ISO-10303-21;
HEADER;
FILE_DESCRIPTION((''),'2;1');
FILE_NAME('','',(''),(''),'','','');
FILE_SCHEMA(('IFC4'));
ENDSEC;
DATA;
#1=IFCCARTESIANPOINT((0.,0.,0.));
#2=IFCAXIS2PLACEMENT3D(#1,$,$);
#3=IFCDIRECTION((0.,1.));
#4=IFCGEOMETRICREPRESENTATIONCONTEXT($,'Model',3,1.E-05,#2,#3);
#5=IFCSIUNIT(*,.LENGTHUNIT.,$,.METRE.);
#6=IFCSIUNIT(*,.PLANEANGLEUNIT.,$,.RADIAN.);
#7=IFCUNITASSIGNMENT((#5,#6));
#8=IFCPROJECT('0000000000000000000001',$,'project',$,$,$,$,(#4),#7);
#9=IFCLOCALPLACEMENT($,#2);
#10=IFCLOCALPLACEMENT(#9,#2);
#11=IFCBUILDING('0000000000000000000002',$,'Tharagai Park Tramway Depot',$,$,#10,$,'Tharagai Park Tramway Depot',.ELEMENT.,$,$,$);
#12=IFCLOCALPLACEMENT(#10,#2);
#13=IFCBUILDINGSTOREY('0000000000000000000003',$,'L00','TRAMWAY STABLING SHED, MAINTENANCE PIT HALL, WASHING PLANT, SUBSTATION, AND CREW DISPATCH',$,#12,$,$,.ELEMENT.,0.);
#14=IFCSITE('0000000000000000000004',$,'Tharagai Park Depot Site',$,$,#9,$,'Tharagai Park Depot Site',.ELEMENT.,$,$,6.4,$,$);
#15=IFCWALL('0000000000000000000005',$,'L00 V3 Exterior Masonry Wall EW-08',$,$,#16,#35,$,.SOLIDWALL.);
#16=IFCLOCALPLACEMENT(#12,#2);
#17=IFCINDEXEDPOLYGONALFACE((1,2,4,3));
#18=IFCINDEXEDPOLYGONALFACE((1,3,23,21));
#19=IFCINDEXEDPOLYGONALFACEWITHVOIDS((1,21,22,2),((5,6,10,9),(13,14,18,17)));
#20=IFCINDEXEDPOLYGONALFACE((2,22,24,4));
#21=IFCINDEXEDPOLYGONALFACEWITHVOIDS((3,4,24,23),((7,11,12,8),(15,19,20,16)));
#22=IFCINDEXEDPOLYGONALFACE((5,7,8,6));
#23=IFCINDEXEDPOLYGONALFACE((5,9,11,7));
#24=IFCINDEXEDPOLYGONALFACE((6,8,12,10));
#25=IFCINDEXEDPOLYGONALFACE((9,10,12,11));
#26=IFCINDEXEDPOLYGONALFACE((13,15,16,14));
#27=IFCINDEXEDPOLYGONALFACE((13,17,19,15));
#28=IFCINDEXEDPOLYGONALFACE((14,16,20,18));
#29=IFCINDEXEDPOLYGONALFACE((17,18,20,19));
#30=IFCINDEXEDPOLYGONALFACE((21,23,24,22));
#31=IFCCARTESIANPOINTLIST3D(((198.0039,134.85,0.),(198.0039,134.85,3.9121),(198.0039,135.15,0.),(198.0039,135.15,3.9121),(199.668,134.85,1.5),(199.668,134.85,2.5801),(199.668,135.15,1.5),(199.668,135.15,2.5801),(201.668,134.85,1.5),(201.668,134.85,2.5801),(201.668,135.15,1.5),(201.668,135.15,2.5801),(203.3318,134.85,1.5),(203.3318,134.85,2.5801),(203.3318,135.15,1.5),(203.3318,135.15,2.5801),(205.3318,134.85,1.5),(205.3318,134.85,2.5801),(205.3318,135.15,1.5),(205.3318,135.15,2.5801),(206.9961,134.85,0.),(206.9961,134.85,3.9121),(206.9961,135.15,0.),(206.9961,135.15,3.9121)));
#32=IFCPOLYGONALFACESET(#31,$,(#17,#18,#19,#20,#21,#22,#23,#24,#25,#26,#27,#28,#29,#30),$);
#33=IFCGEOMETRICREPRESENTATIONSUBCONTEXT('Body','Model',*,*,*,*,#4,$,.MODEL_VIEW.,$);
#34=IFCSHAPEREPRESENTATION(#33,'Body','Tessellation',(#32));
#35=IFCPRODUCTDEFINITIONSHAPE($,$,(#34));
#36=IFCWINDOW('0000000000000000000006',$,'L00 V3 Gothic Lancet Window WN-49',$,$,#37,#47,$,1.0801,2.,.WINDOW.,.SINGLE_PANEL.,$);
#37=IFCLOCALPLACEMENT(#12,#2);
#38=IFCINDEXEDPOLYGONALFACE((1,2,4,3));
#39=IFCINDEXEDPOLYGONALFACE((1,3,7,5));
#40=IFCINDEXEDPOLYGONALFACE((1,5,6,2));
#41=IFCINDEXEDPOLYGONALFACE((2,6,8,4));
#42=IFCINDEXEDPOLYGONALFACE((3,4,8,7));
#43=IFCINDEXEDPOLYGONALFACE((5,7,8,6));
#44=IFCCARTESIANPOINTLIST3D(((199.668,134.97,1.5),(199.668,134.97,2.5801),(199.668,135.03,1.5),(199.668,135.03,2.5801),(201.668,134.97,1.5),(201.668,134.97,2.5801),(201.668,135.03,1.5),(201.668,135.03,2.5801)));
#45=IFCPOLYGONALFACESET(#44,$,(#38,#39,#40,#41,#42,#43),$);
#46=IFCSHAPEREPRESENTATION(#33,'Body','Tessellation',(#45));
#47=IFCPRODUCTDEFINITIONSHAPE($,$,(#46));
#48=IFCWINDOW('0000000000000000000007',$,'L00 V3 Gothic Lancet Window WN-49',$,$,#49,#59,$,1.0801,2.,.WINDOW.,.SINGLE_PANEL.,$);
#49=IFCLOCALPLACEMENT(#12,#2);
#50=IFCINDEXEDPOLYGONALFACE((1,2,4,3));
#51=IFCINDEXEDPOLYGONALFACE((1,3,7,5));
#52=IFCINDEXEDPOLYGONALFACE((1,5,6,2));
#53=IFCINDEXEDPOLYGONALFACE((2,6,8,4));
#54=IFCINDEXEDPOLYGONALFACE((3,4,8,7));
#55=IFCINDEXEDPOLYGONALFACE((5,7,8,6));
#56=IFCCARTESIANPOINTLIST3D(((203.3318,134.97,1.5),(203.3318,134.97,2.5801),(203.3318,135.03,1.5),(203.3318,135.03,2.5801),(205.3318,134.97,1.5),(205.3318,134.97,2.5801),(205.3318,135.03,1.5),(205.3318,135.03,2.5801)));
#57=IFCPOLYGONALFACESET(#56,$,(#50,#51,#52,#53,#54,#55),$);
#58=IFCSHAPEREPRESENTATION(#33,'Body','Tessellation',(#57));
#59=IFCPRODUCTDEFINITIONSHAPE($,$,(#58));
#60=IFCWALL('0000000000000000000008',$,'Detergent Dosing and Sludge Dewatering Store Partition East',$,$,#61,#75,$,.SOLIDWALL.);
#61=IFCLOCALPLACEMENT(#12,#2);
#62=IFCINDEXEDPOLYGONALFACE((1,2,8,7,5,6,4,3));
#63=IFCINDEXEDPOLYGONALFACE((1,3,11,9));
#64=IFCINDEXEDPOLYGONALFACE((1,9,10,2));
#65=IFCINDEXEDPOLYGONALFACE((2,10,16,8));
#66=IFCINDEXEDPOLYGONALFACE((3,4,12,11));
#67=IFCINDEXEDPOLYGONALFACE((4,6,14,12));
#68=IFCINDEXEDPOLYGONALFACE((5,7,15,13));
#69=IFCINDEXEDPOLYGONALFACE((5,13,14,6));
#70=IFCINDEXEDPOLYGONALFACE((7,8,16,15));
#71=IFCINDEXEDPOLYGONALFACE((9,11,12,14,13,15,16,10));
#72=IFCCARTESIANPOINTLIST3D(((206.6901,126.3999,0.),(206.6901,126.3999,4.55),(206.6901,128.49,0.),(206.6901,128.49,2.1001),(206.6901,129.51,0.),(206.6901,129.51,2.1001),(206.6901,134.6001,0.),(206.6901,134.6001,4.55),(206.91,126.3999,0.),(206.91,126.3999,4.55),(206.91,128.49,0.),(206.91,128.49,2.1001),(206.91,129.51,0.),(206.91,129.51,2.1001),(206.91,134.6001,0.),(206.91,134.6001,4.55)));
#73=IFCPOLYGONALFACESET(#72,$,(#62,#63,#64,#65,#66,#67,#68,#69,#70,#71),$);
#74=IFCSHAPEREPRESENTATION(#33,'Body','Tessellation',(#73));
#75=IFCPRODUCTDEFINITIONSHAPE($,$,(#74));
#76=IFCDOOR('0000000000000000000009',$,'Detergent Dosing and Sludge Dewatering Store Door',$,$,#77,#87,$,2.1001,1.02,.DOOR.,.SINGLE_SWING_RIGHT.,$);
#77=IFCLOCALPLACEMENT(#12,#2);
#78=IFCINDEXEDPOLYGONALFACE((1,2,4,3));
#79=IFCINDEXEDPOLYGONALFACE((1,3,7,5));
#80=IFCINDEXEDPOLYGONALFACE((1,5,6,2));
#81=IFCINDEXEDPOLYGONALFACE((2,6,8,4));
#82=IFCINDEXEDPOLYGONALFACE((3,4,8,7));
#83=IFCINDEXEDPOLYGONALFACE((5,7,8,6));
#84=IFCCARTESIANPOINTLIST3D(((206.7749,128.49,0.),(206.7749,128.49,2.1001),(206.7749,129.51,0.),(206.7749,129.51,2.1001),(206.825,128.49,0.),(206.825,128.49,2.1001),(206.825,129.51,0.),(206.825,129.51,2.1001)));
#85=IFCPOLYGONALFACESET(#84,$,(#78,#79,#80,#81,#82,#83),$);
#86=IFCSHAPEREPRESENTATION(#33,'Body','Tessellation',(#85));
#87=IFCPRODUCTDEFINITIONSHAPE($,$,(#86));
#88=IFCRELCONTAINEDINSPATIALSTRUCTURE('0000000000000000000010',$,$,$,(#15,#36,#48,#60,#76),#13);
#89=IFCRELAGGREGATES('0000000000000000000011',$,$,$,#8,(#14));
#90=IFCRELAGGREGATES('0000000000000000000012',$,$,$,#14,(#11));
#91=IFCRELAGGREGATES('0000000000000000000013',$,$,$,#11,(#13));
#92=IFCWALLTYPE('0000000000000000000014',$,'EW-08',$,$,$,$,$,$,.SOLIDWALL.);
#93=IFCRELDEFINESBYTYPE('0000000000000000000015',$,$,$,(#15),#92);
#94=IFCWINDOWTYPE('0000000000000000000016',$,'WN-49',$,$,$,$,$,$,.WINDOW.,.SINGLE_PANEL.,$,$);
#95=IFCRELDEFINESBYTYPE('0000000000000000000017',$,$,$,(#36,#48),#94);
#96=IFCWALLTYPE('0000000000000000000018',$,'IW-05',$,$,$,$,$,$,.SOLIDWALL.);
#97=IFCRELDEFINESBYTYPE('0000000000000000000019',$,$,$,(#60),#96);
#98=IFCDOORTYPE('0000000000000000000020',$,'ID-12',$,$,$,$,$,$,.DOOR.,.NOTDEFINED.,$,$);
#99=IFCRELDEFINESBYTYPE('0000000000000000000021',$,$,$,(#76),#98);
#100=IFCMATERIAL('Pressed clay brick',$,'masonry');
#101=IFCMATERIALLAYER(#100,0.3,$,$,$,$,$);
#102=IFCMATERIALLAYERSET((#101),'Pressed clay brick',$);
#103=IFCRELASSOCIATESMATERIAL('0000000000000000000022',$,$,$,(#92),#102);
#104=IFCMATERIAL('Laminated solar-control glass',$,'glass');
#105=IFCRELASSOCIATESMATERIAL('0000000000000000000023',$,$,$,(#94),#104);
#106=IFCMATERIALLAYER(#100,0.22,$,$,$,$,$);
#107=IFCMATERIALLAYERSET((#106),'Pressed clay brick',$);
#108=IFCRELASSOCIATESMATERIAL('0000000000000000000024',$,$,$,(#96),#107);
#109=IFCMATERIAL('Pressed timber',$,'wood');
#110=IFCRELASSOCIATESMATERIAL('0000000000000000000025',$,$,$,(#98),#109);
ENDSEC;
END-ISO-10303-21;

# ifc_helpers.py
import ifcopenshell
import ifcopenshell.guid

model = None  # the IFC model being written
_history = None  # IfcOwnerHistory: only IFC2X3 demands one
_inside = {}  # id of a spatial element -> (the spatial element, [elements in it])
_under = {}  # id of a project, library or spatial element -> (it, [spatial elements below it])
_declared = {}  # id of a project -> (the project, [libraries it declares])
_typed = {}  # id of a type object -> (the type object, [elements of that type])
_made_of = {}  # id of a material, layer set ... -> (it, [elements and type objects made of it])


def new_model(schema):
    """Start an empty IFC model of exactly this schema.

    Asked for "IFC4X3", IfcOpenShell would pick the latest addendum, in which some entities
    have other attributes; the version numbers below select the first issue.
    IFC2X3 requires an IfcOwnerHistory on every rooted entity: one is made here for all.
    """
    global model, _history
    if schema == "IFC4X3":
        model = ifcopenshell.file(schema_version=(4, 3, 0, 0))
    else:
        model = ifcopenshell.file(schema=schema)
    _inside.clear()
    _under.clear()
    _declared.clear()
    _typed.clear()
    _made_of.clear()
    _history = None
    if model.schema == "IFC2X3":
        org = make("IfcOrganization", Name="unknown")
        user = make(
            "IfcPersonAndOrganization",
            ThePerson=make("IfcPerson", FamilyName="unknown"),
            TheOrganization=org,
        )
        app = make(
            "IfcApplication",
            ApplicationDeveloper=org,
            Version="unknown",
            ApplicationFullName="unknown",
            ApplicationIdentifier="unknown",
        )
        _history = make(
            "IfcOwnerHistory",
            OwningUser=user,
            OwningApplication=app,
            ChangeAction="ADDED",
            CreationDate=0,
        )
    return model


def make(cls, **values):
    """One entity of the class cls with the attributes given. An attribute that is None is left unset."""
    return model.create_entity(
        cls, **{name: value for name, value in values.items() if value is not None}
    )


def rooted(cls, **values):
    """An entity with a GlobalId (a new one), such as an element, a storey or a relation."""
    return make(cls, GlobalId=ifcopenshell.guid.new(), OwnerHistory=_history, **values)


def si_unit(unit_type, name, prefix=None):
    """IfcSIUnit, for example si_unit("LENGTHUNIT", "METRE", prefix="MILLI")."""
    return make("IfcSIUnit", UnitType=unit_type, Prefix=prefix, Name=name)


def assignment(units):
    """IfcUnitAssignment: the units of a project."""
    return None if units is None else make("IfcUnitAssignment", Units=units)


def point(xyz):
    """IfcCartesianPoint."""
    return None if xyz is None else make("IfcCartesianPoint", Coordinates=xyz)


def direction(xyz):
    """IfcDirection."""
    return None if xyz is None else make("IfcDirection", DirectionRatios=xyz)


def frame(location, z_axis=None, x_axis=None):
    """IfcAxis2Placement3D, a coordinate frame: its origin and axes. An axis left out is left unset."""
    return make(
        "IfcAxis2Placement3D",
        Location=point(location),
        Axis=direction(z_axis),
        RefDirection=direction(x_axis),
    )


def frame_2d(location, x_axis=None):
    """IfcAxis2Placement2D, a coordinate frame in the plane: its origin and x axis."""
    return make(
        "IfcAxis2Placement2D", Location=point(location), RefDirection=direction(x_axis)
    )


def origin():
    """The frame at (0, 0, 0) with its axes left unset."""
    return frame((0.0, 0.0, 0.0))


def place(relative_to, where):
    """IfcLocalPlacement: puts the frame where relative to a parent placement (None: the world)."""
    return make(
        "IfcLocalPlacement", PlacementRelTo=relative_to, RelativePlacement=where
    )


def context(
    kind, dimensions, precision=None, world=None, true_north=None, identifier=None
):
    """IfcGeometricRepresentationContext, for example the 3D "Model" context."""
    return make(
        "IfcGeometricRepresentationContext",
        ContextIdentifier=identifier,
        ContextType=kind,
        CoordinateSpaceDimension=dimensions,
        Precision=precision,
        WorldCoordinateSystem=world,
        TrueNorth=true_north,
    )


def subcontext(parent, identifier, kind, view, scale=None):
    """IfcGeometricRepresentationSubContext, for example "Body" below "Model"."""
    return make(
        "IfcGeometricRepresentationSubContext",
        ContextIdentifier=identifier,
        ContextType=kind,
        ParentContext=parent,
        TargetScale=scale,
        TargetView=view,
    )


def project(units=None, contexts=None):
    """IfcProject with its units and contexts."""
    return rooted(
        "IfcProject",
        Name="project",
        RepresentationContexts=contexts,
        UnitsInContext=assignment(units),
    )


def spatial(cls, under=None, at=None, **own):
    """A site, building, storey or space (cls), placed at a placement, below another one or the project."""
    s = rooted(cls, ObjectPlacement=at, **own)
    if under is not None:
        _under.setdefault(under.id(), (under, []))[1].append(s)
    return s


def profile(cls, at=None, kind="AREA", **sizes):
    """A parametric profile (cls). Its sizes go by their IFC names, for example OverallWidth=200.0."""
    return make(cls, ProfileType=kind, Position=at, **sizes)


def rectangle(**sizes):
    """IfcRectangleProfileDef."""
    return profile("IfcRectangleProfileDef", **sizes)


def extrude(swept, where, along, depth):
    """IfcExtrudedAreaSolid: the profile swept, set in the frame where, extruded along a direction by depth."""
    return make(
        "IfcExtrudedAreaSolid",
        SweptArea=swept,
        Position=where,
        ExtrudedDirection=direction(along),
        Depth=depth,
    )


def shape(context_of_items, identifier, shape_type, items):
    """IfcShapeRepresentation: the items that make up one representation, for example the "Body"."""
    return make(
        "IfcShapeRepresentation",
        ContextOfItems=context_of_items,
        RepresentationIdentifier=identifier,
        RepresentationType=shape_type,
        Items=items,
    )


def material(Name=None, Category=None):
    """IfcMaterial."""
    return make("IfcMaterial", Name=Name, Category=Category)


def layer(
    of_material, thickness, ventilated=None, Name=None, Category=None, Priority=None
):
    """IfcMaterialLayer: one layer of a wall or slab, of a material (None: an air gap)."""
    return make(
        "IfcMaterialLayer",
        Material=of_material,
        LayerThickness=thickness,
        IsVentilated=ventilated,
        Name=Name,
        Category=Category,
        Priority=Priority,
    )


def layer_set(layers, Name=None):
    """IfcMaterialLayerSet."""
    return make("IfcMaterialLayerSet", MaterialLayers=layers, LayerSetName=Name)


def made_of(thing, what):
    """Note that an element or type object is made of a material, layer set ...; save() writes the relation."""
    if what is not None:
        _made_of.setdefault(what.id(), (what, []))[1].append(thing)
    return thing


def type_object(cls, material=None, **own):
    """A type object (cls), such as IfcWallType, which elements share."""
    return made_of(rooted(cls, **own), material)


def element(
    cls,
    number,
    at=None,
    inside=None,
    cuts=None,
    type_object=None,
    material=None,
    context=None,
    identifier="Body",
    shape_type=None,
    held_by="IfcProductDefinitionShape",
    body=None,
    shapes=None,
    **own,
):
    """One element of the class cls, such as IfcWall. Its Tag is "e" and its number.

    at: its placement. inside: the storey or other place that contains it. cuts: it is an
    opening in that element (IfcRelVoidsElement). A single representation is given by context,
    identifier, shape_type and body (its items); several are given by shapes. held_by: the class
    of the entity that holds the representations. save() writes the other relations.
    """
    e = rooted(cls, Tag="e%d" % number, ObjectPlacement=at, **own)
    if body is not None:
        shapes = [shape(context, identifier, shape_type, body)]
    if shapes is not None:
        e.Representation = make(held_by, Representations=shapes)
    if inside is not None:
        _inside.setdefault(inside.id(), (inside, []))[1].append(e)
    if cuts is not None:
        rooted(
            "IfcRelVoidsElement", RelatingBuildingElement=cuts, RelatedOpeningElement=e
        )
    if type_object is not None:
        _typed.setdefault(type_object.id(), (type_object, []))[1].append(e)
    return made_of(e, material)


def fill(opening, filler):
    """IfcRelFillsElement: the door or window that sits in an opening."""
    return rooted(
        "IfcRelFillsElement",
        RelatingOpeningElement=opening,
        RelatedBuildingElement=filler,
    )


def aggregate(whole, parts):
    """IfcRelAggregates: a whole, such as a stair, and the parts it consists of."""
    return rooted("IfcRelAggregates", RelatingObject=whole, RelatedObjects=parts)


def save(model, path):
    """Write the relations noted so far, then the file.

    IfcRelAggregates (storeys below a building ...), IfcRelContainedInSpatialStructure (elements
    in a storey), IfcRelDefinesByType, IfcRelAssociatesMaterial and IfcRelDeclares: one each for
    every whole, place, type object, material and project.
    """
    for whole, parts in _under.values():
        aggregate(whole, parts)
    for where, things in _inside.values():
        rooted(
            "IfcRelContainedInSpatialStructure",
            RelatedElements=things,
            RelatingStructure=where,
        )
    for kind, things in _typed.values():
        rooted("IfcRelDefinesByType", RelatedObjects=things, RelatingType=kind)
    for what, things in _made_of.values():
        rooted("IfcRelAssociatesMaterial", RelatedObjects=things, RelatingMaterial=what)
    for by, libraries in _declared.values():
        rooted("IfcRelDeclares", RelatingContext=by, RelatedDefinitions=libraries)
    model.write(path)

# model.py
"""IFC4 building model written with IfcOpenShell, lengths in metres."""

from ifc_helpers import new_model, si_unit, direction, frame, frame_2d, origin, place, context, subcontext, project, spatial, rectangle, extrude, material, layer, layer_set, type_object, element, fill, save


model = new_model("IFC4")

# Units and contexts
model_context = context("Model", 3, precision=1e-05, world=origin(), true_north=direction((0.0, 1.0)))
body_context = subcontext(model_context, "Body", "Model", "MODEL_VIEW")
ifc_project = project(units=[si_unit("LENGTHUNIT", "METRE"), si_unit("PLANEANGLEUNIT", "RADIAN")], contexts=[model_context])

# Site, building, storey
site_placement = place(None, origin())
site = spatial("IfcSite", under=ifc_project, at=site_placement, Name="Tharagai Park Depot Site", LongName="Tharagai Park Depot Site", CompositionType="ELEMENT", RefElevation=6.4)
building_placement = place(site_placement, origin())
building = spatial("IfcBuilding", under=site, at=building_placement, Name="Tharagai Park Tramway Depot", LongName="Tharagai Park Tramway Depot", CompositionType="ELEMENT")
storey_placement = place(building_placement, origin())
storey = spatial("IfcBuildingStorey", under=building, at=storey_placement, Name="L00", Description="TRAMWAY STABLING SHED, MAINTENANCE PIT HALL, WASHING PLANT, SUBSTATION, AND CREW DISPATCH", CompositionType="ELEMENT", Elevation=0.0)

# Wall, openings, windows
ifc_material_1 = material(Name="Pressed clay brick", Category="masonry")
ifc_layer_1 = layer(ifc_material_1, 0.3)
ifc_layer_set_1 = layer_set([ifc_layer_1], Name="Pressed clay brick")
wall_type_1 = type_object("IfcWallType", Name="EW-08", PredefinedType="SOLIDWALL", material=ifc_layer_set_1)
ifc_material_2 = material(Name="Laminated solar-control glass", Category="glass")
wall_1_placement = place(storey_placement, frame((198.0039, 135.0, 0.0), z_axis=(0.0, 0.0, 1.0), x_axis=(1.0, 0.0, 0.0)))
wall_1 = element("IfcWall", 1, at=wall_1_placement, inside=storey, type_object=wall_type_1, Name="L00 V3 Exterior Masonry Wall EW-08", PredefinedType="SOLIDWALL", context=body_context, shape_type="SweptSolid", body=[
    extrude(rectangle(XDim=8.9922, YDim=0.3, at=frame_2d((4.4961, 0.0))), origin(), (0.0, 0.0, 1.0), 3.9121),
])
opening_1_placement = place(wall_1_placement, frame((1.6641, 0.0, 1.5)))
opening_1 = element("IfcOpeningElement", 2, at=opening_1_placement, cuts=wall_1, PredefinedType="OPENING", context=body_context, shape_type="SweptSolid", body=[
    extrude(rectangle(XDim=2.0, YDim=1.0801, at=frame_2d((1.0, 0.54))), frame((0.0, 0.1599, 0.0), z_axis=(0.0, -1.0, 0.0), x_axis=(1.0, 0.0, 0.0)), (0.0, 0.0, 1.0), 0.3201),
])
opening_2_placement = place(wall_1_placement, frame((5.3279, 0.0, 1.5)))
opening_2 = element("IfcOpeningElement", 3, at=opening_2_placement, cuts=wall_1, PredefinedType="OPENING", context=body_context, shape_type="SweptSolid", body=[
    extrude(rectangle(XDim=2.0, YDim=1.0801, at=frame_2d((1.0, 0.54))), frame((0.0, 0.1599, 0.0), z_axis=(0.0, -1.0, 0.0), x_axis=(1.0, 0.0, 0.0)), (0.0, 0.0, 1.0), 0.3201),
])
window_type_1 = type_object("IfcWindowType", Name="WN-49", PartitioningType="SINGLE_PANEL", PredefinedType="WINDOW", material=ifc_material_2)
window_1_placement = place(opening_1_placement, origin())
window_1 = element("IfcWindow", 4, at=window_1_placement, inside=storey, type_object=window_type_1, Name="L00 V3 Gothic Lancet Window WN-49", OverallHeight=1.0801, OverallWidth=2.0, PartitioningType="SINGLE_PANEL", PredefinedType="WINDOW", context=body_context, shape_type="SweptSolid", body=[
    extrude(rectangle(XDim=2.0, YDim=1.0801, at=frame_2d((1.0, 0.54))), frame((0.0, 0.03, 0.0), z_axis=(0.0, -1.0, 0.0), x_axis=(1.0, 0.0, 0.0)), (0.0, 0.0, 1.0), 0.0601),
])
fill(opening_1, window_1)
window_2_placement = place(opening_2_placement, origin())
window_2 = element("IfcWindow", 5, at=window_2_placement, inside=storey, type_object=window_type_1, Name="L00 V3 Gothic Lancet Window WN-49", OverallHeight=1.0801, OverallWidth=2.0, PartitioningType="SINGLE_PANEL", PredefinedType="WINDOW", context=body_context, shape_type="SweptSolid", body=[
    extrude(rectangle(XDim=2.0, YDim=1.0801, at=frame_2d((1.0, 0.54))), frame((0.0, 0.03, 0.0), z_axis=(0.0, -1.0, 0.0), x_axis=(1.0, 0.0, 0.0)), (0.0, 0.0, 1.0), 0.0601),
])
fill(opening_2, window_2)

# Wall, opening, door
ifc_layer_2 = layer(ifc_material_1, 0.22)
ifc_layer_set_2 = layer_set([ifc_layer_2], Name="Pressed clay brick")
wall_type_2 = type_object("IfcWallType", Name="IW-05", PredefinedType="SOLIDWALL", material=ifc_layer_set_2)
wall_2_placement = place(storey_placement, frame((206.8, 126.3999, 0.0), z_axis=(0.0, 0.0, 1.0), x_axis=(0.0, 1.0, 0.0)))
wall_2 = element("IfcWall", 6, at=wall_2_placement, inside=storey, type_object=wall_type_2, Name="Detergent Dosing and Sludge Dewatering Store Partition East", PredefinedType="SOLIDWALL", context=body_context, shape_type="SweptSolid", body=[
    extrude(rectangle(XDim=8.2002, YDim=0.22, at=frame_2d((4.1001, 0.0))), origin(), (0.0, 0.0, 1.0), 4.55),
])
opening_3_placement = place(wall_2_placement, frame((2.0901, 0.0, 0.0)))
opening_3 = element("IfcOpeningElement", 7, at=opening_3_placement, cuts=wall_2, PredefinedType="OPENING", context=body_context, shape_type="SweptSolid", body=[
    extrude(rectangle(XDim=1.02, YDim=2.1001, at=frame_2d((0.51, 1.05))), frame((0.0, 0.1199, 0.0), z_axis=(0.0, -1.0, 0.0), x_axis=(1.0, 0.0, 0.0)), (0.0, 0.0, 1.0), 0.24),
])
ifc_material_3 = material(Name="Pressed timber", Category="wood")
door_type_1 = type_object("IfcDoorType", Name="ID-12", OperationType="NOTDEFINED", PredefinedType="DOOR", material=ifc_material_3)
door_1_placement = place(opening_3_placement, frame((1.02, 0.0, 0.0), z_axis=(0.0, 0.0, 1.0), x_axis=(-1.0, 0.0, 0.0)))
door_1 = element("IfcDoor", 8, at=door_1_placement, inside=storey, type_object=door_type_1, Name="Detergent Dosing and Sludge Dewatering Store Door", OperationType="SINGLE_SWING_RIGHT", OverallHeight=2.1001, OverallWidth=1.02, PredefinedType="DOOR", context=body_context, shape_type="SweptSolid", body=[
    extrude(rectangle(XDim=1.02, YDim=2.1001, at=frame_2d((0.51, 1.05))), frame((0.0, 0.0249, 0.0), z_axis=(0.0, -1.0, 0.0), x_axis=(1.0, 0.0, 0.0)), (0.0, 0.0, 1.0), 0.05),
])
fill(opening_3, door_1)

save(model, "model.ifc")
